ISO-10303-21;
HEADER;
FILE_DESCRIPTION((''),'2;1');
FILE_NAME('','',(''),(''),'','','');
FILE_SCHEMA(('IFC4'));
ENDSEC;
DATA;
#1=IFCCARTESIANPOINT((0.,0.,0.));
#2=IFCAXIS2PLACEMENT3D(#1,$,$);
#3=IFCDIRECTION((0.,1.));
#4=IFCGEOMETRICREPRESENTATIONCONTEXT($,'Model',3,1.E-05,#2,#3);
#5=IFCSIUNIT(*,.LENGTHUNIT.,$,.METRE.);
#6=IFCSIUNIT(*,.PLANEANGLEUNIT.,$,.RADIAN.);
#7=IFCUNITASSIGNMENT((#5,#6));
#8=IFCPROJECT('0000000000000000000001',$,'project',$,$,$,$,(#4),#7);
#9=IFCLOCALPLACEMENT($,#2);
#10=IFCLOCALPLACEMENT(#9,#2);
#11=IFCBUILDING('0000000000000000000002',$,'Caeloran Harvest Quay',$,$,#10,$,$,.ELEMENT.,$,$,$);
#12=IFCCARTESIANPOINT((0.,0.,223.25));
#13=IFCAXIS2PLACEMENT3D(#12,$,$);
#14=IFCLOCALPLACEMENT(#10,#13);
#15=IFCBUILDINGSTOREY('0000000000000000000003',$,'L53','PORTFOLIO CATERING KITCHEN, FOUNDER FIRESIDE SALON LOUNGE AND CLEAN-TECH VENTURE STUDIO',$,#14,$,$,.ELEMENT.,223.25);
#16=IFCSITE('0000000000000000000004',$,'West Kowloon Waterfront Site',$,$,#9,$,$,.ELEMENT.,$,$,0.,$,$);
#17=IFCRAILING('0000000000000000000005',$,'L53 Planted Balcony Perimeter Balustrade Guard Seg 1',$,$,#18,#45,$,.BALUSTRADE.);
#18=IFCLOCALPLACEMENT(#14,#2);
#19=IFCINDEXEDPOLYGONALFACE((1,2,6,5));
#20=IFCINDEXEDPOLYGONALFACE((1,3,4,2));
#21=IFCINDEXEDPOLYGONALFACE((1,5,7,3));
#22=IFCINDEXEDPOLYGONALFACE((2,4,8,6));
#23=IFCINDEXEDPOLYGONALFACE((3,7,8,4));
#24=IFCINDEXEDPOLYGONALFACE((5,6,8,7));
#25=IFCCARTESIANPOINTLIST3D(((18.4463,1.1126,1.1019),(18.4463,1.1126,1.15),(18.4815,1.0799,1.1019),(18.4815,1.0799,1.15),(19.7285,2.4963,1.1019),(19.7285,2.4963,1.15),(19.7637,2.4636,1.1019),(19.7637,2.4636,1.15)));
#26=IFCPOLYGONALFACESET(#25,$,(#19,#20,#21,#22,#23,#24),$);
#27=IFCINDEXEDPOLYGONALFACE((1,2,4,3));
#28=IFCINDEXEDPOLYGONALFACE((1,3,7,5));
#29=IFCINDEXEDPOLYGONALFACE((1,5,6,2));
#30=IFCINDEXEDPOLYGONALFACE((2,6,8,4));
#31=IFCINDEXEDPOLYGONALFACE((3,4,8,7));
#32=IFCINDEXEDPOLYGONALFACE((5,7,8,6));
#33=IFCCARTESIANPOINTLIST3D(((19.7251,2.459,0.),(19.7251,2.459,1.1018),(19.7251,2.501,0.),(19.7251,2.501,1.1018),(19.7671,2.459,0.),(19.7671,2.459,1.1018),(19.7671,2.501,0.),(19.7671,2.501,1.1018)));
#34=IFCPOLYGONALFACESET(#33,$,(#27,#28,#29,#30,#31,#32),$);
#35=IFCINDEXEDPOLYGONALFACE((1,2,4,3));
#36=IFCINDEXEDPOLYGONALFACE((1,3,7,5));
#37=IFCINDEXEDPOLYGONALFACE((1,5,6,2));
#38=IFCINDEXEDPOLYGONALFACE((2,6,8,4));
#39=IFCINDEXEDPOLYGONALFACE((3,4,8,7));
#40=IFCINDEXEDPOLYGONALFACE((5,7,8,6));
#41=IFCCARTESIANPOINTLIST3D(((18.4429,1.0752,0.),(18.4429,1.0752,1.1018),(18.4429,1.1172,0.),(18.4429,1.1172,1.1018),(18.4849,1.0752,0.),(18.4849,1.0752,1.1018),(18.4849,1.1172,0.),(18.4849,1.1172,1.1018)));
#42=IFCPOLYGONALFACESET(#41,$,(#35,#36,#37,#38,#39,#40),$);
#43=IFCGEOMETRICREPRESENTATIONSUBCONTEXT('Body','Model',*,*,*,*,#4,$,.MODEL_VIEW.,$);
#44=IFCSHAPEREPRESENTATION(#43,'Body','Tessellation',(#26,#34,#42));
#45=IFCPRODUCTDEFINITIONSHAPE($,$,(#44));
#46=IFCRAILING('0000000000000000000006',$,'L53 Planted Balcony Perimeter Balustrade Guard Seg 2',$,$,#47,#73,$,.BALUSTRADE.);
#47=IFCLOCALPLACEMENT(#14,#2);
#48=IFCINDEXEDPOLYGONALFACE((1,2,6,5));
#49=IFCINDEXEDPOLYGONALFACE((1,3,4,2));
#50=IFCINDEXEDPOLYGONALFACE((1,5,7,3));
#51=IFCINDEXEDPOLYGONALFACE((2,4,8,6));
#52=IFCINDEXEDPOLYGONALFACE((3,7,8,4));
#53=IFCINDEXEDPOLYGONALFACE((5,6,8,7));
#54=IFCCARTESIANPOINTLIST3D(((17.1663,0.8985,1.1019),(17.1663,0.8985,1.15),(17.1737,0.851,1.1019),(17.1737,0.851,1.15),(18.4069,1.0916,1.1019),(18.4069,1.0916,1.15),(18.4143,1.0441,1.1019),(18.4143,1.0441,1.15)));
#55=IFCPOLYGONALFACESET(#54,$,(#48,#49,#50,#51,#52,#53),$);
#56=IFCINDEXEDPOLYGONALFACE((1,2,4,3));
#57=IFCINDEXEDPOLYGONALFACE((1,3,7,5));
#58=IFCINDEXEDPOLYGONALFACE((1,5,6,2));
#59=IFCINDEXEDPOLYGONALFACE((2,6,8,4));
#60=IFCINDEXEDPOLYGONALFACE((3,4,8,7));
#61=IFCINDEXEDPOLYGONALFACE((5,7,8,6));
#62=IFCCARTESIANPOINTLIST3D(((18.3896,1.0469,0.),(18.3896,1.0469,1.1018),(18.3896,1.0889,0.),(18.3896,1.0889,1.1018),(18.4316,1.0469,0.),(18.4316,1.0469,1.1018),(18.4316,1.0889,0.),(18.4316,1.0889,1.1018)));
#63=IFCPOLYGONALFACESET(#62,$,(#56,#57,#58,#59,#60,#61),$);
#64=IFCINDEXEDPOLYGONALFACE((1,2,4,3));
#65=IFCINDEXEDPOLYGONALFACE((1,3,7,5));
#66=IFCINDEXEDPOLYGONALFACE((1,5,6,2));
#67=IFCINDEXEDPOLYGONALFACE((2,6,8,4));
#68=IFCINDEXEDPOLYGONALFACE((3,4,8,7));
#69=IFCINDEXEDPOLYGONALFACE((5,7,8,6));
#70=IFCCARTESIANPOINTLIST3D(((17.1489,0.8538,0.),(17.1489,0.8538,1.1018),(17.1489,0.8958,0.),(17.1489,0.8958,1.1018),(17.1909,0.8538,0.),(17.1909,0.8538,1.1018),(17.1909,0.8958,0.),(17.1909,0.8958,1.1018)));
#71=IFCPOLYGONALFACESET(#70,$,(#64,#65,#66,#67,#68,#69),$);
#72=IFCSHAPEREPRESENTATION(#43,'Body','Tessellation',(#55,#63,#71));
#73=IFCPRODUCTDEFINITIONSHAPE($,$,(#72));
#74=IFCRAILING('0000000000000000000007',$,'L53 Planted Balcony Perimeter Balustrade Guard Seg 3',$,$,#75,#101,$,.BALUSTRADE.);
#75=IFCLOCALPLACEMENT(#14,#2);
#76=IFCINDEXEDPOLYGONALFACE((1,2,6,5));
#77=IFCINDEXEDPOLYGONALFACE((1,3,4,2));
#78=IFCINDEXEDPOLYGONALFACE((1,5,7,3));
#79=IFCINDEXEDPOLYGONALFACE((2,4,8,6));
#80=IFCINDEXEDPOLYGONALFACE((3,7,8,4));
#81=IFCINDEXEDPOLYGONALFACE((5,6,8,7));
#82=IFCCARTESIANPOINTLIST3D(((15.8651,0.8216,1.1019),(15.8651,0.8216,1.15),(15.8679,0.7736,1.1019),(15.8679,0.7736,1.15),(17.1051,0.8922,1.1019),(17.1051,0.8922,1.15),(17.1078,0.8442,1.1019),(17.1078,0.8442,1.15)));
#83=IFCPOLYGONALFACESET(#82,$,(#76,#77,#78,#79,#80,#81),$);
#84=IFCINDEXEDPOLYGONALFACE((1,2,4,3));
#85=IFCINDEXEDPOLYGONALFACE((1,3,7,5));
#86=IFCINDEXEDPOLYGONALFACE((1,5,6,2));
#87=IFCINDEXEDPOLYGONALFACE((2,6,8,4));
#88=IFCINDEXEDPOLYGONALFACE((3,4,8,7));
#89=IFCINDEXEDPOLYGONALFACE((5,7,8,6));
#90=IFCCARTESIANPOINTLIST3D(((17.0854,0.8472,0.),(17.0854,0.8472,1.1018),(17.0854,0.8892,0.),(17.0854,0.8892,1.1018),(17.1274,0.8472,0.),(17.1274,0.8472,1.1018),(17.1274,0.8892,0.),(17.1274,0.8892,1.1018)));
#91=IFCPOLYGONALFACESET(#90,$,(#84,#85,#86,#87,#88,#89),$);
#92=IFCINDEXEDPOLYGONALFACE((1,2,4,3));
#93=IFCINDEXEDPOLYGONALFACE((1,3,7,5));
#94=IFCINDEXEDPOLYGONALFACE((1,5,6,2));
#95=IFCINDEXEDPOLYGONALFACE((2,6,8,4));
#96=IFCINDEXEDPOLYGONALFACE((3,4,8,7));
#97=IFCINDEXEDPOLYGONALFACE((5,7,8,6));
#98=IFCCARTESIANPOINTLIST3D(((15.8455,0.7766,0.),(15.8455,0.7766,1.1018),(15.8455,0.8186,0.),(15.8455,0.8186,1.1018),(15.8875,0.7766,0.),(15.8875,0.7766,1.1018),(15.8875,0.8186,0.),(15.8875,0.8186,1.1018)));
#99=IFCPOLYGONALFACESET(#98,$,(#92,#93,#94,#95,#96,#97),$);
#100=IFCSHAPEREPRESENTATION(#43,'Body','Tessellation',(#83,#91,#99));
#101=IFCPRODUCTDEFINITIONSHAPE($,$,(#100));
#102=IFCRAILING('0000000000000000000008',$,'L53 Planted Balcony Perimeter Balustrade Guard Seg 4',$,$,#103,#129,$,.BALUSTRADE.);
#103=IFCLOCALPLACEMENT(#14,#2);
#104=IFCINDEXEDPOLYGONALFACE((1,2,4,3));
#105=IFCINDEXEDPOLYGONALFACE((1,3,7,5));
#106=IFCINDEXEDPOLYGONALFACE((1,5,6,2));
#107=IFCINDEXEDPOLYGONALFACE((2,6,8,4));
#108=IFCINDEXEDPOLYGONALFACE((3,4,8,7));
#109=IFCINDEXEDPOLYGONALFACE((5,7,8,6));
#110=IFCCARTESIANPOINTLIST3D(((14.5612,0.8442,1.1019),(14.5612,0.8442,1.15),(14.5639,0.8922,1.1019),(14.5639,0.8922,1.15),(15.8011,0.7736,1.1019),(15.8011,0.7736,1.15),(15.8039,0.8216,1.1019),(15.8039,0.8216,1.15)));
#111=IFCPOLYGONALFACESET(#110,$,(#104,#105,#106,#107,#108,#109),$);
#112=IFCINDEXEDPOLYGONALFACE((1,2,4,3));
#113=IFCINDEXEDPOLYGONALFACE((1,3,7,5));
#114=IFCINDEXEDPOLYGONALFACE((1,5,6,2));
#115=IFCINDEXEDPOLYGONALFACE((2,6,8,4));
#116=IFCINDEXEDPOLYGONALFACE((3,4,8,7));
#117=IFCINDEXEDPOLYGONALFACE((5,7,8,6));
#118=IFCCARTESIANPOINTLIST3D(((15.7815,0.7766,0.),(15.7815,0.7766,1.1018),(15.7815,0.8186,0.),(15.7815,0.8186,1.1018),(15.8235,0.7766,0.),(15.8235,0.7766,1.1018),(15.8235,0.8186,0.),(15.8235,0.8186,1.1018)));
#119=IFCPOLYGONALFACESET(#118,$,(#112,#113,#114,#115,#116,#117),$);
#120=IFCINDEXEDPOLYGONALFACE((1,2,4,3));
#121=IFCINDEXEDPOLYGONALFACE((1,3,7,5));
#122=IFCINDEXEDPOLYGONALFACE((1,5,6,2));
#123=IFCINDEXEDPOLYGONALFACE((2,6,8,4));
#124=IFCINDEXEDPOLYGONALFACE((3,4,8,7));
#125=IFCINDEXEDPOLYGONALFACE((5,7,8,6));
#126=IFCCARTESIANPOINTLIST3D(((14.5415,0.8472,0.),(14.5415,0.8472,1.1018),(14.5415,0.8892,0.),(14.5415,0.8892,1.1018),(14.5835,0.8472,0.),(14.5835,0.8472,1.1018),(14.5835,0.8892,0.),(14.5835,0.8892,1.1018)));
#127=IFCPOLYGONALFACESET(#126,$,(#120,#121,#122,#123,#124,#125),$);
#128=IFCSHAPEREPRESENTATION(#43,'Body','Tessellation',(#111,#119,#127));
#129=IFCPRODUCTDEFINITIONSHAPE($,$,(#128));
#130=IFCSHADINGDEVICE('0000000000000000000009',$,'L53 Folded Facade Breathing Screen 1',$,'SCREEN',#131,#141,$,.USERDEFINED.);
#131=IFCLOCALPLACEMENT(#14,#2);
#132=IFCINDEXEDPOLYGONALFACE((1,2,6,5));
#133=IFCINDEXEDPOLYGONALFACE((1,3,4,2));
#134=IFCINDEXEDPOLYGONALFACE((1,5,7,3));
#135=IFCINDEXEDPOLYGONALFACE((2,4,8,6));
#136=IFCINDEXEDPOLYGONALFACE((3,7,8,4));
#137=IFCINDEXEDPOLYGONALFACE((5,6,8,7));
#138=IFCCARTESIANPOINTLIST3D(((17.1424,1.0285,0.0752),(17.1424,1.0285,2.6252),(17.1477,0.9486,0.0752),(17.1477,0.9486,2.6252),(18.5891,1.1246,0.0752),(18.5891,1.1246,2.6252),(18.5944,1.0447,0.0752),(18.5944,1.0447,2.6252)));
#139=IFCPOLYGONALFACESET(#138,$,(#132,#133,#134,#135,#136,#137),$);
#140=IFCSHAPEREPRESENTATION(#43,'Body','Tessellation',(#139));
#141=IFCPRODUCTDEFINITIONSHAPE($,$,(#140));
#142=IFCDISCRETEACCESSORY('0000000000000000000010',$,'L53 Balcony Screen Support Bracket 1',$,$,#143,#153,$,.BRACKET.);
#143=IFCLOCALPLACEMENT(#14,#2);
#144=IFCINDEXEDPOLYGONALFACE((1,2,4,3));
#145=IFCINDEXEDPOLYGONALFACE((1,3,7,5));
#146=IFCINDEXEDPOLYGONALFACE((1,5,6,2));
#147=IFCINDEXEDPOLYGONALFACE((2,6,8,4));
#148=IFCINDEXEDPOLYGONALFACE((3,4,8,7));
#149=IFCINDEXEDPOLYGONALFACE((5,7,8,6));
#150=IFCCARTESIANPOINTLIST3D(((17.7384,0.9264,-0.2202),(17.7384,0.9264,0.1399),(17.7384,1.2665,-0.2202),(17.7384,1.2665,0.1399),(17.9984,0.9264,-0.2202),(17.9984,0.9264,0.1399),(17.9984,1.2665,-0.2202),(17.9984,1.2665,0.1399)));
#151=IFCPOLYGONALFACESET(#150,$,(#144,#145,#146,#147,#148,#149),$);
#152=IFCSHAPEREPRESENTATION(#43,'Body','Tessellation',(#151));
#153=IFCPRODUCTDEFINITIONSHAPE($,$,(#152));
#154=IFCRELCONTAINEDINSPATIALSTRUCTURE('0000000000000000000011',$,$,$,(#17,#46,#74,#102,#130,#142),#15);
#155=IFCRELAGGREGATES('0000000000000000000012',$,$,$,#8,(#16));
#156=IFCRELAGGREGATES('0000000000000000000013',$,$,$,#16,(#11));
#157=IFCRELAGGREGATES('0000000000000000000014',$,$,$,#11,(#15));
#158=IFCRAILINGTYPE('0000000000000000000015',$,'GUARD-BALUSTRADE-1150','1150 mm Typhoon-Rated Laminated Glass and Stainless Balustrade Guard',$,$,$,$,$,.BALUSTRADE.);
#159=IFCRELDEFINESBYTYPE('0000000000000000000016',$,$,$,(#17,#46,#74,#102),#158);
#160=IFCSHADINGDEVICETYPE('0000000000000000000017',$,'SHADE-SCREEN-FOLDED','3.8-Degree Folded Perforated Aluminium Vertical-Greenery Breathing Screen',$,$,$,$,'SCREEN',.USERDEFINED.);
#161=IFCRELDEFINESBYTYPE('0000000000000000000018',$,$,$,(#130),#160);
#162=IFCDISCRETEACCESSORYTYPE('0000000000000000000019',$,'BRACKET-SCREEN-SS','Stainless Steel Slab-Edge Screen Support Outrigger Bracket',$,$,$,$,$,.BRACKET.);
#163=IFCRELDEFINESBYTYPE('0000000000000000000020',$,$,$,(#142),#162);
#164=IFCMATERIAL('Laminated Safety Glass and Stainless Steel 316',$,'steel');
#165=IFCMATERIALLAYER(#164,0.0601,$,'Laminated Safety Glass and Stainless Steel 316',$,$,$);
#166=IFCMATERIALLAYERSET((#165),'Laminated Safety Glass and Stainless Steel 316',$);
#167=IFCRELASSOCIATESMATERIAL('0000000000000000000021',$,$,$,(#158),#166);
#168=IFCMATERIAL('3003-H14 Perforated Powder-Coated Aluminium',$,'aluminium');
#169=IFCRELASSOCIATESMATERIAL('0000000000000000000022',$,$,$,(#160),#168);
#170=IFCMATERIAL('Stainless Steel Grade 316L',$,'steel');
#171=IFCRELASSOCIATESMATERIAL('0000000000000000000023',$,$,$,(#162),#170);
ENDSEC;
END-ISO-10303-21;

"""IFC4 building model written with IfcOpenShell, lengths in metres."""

from ifc_helpers import new_model, si_unit, direction, frame, origin, origin_2d, place, context, subcontext, project, spatial, rectangle, extrude, material, layer, layer_set, type_object, element, save


model = new_model("IFC4")

# Units and contexts
model_context = context("Model", 3, precision=1e-05, world=origin(), true_north=direction((0.0, 1.0)))
body_context = subcontext(model_context, "Body", "Model", "MODEL_VIEW")
ifc_project = project(units=[si_unit("LENGTHUNIT", "METRE"), si_unit("PLANEANGLEUNIT", "RADIAN")], contexts=[model_context])

# Site, building, storey
site_placement = place(None, origin())
site = spatial("IfcSite", under=ifc_project, at=site_placement, Name="West Kowloon Waterfront Site", CompositionType="ELEMENT", RefElevation=0.0)
building_placement = place(site_placement, origin())
building = spatial("IfcBuilding", under=site, at=building_placement, Name="Caeloran Harvest Quay", CompositionType="ELEMENT")
storey_placement = place(building_placement, frame((0.0, 0.0, 223.25)))
storey = spatial("IfcBuildingStorey", under=building, at=storey_placement, Name="L53", Description="PORTFOLIO CATERING KITCHEN, FOUNDER FIRESIDE SALON LOUNGE AND CLEAN-TECH VENTURE STUDIO", CompositionType="ELEMENT", Elevation=223.25)

# Railings
ifc_material_1 = material(Name="Laminated Safety Glass and Stainless Steel 316", Category="steel")
ifc_layer_1 = layer(ifc_material_1, 0.0601, Name="Laminated Safety Glass and Stainless Steel 316")
ifc_layer_set_1 = layer_set([ifc_layer_1], Name="Laminated Safety Glass and Stainless Steel 316")
railing_type = type_object("IfcRailingType", Name="GUARD-BALUSTRADE-1150", Description="1150 mm Typhoon-Rated Laminated Glass and Stainless Balustrade Guard", PredefinedType="BALUSTRADE", material=ifc_layer_set_1)
railing_1_placement = place(storey_placement, frame((19.7461, 2.48, 0.0)))
element("IfcRailing", 1, at=railing_1_placement, inside=storey, type_object=railing_type, Name="L53 Planted Balcony Perimeter Balustrade Guard Seg 1", PredefinedType="BALUSTRADE", context=body_context, shape_type="SweptSolid", body=[
    extrude(rectangle(XDim=0.0481, YDim=0.0481, at=origin_2d()), frame((0.0, 0.0, 1.126), z_axis=(-0.679676, -0.733512, 0.0), x_axis=(0.733512, -0.679676, 0.0)), (0.0, 0.0, 1.0), 1.8865),
    extrude(rectangle(XDim=0.042, YDim=0.042, at=origin_2d()), origin(), (0.0, 0.0, 1.0), 1.1018),
    extrude(rectangle(XDim=0.042, YDim=0.042, at=origin_2d()), frame((-1.2822, -1.3838, 0.0)), (0.0, 0.0, 1.0), 1.1018),
])
railing_2_placement = place(storey_placement, frame((18.4106, 1.0679, 0.0)))
element("IfcRailing", 2, at=railing_2_placement, inside=storey, type_object=railing_type, Name="L53 Planted Balcony Perimeter Balustrade Guard Seg 2", PredefinedType="BALUSTRADE", context=body_context, shape_type="SweptSolid", body=[
    extrude(rectangle(XDim=0.0481, YDim=0.0481, at=origin_2d()), frame((0.0, 0.0, 1.126), z_axis=(-0.988103, -0.153796, 0.0), x_axis=(0.153796, -0.988103, 0.0)), (0.0, 0.0, 1.0), 1.2556),
    extrude(rectangle(XDim=0.042, YDim=0.042, at=origin_2d()), origin(), (0.0, 0.0, 1.0), 1.1018),
    extrude(rectangle(XDim=0.042, YDim=0.042, at=origin_2d()), frame((-1.2407, -0.1931, 0.0)), (0.0, 0.0, 1.0), 1.1018),
])
railing_3_placement = place(storey_placement, frame((17.1064, 0.8682, 0.0)))
element("IfcRailing", 3, at=railing_3_placement, inside=storey, type_object=railing_type, Name="L53 Planted Balcony Perimeter Balustrade Guard Seg 3", PredefinedType="BALUSTRADE", context=body_context, shape_type="SweptSolid", body=[
    extrude(rectangle(XDim=0.0481, YDim=0.0481, at=origin_2d()), frame((0.0, 0.0, 1.126), z_axis=(-0.998385, -0.056809, 0.0), x_axis=(0.056809, -0.998385, 0.0)), (0.0, 0.0, 1.0), 1.2419),
    extrude(rectangle(XDim=0.042, YDim=0.042, at=origin_2d()), origin(), (0.0, 0.0, 1.0), 1.1018),
    extrude(rectangle(XDim=0.042, YDim=0.042, at=origin_2d()), frame((-1.24, -0.0706, 0.0)), (0.0, 0.0, 1.0), 1.1018),
])
railing_4_placement = place(storey_placement, frame((15.8025, 0.7976, 0.0)))
element("IfcRailing", 4, at=railing_4_placement, inside=storey, type_object=railing_type, Name="L53 Planted Balcony Perimeter Balustrade Guard Seg 4", PredefinedType="BALUSTRADE", context=body_context, shape_type="SweptSolid", body=[
    extrude(rectangle(XDim=0.0481, YDim=0.0481, at=origin_2d()), frame((0.0, 0.0, 1.126), z_axis=(-0.998385, 0.056809, 0.0), x_axis=(-0.056809, -0.998385, 0.0)), (0.0, 0.0, 1.0), 1.2419),
    extrude(rectangle(XDim=0.042, YDim=0.042, at=origin_2d()), origin(), (0.0, 0.0, 1.0), 1.1018),
    extrude(rectangle(XDim=0.042, YDim=0.042, at=origin_2d()), frame((-1.24, 0.0706, 0.0)), (0.0, 0.0, 1.0), 1.1018),
])

# Shading device
ifc_material_2 = material(Name="3003-H14 Perforated Powder-Coated Aluminium", Category="aluminium")
shading_device_type = type_object("IfcShadingDeviceType", Name="SHADE-SCREEN-FOLDED", Description="3.8-Degree Folded Perforated Aluminium Vertical-Greenery Breathing Screen", ElementType="SCREEN", PredefinedType="USERDEFINED", material=ifc_material_2)
shading_device_placement = place(storey_placement, frame((17.8684, 1.0366, 0.0752), z_axis=(0.0, 0.0, 1.0), x_axis=(0.997801, 0.066274, 0.0)))
element("IfcShadingDevice", 5, at=shading_device_placement, inside=storey, type_object=shading_device_type, Name="L53 Folded Facade Breathing Screen 1", ObjectType="SCREEN", PredefinedType="USERDEFINED", context=body_context, shape_type="SweptSolid", body=[
    extrude(rectangle(XDim=1.45, YDim=0.0801, at=origin_2d()), origin(), (0.0, 0.0, 1.0), 2.55),
])

# Discrete accessory
ifc_material_3 = material(Name="Stainless Steel Grade 316L", Category="steel")
discrete_accessory_type = type_object("IfcDiscreteAccessoryType", Name="BRACKET-SCREEN-SS", Description="Stainless Steel Slab-Edge Screen Support Outrigger Bracket", PredefinedType="BRACKET", material=ifc_material_3)
discrete_accessory_placement = place(storey_placement, frame((17.8684, 1.0964, -0.2202), z_axis=(0.0, 0.0, 1.0), x_axis=(1.0, 0.0, 0.0)))
element("IfcDiscreteAccessory", 6, at=discrete_accessory_placement, inside=storey, type_object=discrete_accessory_type, Name="L53 Balcony Screen Support Bracket 1", PredefinedType="BRACKET", context=body_context, shape_type="SweptSolid", body=[
    extrude(rectangle(XDim=0.26, YDim=0.3401, at=origin_2d()), origin(), (0.0, 0.0, 1.0), 0.3601),
])

save(model, "model.ifc")
